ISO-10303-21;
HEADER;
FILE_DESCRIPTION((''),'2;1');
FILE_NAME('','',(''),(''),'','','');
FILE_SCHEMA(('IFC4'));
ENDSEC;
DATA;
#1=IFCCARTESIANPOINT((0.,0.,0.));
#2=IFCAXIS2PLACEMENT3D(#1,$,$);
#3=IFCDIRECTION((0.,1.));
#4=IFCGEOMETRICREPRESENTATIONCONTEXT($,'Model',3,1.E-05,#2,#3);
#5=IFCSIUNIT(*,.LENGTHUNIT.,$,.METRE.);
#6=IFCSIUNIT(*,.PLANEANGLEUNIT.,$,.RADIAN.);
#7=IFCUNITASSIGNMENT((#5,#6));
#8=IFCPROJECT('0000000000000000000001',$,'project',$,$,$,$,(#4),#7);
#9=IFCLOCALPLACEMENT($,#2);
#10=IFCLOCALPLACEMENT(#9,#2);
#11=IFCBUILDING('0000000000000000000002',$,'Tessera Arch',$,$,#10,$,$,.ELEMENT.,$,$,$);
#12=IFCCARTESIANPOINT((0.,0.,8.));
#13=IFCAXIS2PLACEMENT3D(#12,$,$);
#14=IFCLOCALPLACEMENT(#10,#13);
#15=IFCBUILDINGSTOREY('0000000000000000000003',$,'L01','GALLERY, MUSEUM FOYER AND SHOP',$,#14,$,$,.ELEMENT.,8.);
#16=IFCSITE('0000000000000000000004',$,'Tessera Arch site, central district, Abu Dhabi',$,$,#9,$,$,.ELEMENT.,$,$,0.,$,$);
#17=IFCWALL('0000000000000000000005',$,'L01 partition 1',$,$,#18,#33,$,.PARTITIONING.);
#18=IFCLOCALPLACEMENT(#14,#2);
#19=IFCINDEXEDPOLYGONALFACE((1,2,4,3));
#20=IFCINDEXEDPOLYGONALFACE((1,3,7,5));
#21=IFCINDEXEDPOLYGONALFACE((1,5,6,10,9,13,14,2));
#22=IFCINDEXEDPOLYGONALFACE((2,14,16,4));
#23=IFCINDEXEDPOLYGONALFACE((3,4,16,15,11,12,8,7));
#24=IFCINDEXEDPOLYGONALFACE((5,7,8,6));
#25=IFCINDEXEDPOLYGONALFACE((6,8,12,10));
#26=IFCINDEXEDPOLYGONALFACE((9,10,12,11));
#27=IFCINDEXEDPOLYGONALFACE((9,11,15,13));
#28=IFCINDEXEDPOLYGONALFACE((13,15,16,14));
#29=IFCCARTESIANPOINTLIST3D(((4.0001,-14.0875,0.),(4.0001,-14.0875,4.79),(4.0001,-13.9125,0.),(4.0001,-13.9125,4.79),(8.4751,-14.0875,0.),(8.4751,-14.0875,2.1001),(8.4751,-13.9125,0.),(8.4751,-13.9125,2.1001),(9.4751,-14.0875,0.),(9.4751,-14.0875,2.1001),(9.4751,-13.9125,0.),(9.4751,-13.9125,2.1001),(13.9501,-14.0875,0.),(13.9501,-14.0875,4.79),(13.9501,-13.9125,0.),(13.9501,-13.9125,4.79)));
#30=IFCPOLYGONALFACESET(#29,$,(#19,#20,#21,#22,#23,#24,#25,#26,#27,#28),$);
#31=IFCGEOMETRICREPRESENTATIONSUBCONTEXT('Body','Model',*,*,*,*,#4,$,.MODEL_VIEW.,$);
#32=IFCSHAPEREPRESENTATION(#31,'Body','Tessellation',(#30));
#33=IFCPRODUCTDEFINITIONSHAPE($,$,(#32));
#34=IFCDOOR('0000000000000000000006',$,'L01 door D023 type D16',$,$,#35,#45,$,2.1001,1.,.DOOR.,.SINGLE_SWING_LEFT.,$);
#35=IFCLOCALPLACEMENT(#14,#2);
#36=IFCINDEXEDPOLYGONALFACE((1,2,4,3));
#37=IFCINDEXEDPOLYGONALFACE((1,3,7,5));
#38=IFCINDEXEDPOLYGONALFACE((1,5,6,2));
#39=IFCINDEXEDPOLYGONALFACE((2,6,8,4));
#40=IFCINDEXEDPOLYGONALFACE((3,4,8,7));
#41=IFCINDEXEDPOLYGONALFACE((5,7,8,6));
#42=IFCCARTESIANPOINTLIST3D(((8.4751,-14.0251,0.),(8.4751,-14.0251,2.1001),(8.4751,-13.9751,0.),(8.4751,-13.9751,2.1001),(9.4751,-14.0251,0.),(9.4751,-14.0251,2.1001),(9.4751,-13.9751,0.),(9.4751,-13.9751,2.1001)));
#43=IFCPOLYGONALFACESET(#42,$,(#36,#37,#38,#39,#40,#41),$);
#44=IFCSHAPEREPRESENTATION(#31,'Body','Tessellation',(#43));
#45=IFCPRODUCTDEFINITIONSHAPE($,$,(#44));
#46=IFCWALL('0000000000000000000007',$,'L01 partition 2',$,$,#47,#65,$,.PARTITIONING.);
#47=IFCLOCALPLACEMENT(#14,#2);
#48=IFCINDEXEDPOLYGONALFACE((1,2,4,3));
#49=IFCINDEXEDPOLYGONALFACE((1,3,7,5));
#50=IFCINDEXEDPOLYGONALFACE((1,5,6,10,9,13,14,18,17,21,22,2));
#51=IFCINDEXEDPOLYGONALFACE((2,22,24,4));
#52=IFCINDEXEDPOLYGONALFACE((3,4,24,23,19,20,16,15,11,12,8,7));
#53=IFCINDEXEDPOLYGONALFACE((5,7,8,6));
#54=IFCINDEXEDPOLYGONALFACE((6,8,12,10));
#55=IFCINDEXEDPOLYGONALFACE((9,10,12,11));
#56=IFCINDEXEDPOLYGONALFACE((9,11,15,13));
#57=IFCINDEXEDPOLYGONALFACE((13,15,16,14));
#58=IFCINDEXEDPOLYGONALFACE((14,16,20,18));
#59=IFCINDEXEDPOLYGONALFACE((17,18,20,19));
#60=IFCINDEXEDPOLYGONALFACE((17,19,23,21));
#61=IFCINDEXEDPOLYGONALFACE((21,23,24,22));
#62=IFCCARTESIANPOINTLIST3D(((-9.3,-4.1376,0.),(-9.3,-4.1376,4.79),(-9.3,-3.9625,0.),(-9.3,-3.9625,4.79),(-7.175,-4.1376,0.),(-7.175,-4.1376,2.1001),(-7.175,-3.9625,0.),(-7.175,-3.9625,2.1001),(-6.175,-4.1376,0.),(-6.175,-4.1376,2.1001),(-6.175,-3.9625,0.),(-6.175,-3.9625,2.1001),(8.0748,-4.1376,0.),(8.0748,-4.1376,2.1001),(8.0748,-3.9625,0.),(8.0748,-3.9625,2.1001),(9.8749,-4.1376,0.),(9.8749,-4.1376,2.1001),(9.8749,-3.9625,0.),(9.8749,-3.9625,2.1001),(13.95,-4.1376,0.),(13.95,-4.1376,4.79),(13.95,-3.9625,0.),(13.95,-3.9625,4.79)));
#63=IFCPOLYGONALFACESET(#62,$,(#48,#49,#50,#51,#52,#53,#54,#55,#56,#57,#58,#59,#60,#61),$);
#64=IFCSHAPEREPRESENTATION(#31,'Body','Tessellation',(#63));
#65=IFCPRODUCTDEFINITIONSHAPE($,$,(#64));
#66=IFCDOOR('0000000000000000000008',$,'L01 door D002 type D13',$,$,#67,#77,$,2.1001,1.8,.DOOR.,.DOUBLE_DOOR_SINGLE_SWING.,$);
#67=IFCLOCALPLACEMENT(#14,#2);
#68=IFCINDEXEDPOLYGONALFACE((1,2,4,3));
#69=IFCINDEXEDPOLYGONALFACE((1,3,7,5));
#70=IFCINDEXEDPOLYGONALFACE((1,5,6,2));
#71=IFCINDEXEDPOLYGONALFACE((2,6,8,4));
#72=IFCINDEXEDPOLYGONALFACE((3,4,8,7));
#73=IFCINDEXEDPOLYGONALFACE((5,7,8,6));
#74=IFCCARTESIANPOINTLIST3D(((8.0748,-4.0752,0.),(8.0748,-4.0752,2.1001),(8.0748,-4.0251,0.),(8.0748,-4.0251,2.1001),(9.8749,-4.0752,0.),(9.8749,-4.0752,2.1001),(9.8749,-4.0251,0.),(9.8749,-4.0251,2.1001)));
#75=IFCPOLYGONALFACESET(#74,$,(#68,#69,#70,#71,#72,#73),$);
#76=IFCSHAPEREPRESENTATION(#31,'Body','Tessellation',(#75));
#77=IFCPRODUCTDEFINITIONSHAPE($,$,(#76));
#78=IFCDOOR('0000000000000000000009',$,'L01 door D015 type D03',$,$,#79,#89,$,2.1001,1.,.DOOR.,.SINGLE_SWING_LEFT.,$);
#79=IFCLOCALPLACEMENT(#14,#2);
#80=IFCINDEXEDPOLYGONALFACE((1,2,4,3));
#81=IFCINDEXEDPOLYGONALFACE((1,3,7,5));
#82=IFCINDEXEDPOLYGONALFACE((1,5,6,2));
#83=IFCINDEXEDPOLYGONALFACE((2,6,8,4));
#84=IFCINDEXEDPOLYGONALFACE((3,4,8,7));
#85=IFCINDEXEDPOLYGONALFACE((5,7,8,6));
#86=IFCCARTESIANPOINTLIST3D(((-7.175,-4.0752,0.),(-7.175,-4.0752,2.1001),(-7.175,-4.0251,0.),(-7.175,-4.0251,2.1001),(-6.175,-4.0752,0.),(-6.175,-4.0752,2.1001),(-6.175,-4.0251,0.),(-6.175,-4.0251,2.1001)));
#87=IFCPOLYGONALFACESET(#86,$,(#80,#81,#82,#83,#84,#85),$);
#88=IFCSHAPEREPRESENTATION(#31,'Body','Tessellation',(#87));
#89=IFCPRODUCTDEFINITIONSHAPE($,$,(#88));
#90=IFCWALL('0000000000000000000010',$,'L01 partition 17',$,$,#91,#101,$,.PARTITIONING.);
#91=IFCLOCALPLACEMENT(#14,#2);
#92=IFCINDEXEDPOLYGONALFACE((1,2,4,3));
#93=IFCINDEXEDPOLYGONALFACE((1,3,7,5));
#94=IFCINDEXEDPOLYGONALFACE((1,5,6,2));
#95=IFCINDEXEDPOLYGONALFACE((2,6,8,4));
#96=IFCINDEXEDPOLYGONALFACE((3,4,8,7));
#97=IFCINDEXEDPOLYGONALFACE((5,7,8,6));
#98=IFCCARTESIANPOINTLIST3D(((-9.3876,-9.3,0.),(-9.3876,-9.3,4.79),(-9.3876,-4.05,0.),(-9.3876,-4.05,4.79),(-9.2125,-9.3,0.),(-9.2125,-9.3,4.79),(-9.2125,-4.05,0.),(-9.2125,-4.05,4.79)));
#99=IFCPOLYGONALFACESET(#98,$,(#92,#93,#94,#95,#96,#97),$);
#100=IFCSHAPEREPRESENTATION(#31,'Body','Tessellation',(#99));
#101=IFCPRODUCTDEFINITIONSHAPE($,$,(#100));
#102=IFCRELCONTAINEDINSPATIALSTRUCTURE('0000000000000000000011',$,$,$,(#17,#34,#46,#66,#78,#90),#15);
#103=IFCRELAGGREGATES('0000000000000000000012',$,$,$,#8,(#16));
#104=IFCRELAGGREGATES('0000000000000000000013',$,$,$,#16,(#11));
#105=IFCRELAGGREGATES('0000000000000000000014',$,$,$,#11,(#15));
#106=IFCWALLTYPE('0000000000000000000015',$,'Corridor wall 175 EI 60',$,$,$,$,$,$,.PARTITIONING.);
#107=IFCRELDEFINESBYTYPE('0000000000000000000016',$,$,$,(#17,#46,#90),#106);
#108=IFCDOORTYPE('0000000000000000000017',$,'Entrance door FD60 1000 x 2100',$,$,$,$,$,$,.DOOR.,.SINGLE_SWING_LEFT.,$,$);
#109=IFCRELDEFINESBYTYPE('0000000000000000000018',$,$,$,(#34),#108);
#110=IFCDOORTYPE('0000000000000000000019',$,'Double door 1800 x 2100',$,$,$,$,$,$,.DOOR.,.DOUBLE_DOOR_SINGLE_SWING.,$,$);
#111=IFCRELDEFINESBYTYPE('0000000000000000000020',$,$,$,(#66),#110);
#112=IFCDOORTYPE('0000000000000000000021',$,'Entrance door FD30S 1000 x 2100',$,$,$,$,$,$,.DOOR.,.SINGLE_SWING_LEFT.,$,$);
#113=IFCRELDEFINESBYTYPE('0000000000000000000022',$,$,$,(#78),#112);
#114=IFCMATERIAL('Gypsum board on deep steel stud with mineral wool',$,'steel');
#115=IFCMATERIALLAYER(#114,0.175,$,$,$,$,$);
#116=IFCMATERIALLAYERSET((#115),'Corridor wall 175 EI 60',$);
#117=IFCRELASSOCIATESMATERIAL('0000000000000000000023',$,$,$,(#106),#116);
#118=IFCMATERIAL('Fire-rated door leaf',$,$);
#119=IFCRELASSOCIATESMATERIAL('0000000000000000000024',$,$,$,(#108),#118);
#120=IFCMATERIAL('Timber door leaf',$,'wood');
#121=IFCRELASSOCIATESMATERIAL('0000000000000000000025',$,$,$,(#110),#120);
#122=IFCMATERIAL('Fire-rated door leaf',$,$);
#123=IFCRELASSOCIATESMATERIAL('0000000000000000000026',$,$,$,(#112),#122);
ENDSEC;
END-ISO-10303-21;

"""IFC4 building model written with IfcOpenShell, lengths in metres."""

from ifc_helpers import new_model, si_unit, direction, frame, frame_2d, origin, place, context, subcontext, project, spatial, rectangle, extrude, material, layer, layer_set, type_object, element, fill, save


model = new_model("IFC4")

# Units and contexts
model_context = context("Model", 3, precision=1e-05, world=origin(), true_north=direction((0.0, 1.0)))
body_context = subcontext(model_context, "Body", "Model", "MODEL_VIEW")
ifc_project = project(units=[si_unit("LENGTHUNIT", "METRE"), si_unit("PLANEANGLEUNIT", "RADIAN")], contexts=[model_context])

# Site, building, storey
site_placement = place(None, origin())
site = spatial("IfcSite", under=ifc_project, at=site_placement, Name="Tessera Arch site, central district, Abu Dhabi", CompositionType="ELEMENT", RefElevation=0.0)
building_placement = place(site_placement, origin())
building = spatial("IfcBuilding", under=site, at=building_placement, Name="Tessera Arch", CompositionType="ELEMENT")
storey_placement = place(building_placement, frame((0.0, 0.0, 8.0)))
storey = spatial("IfcBuildingStorey", under=building, at=storey_placement, Name="L01", Description="GALLERY, MUSEUM FOYER AND SHOP", CompositionType="ELEMENT", Elevation=8.0)

# Wall, opening, door
ifc_material_1 = material(Name="Gypsum board on deep steel stud with mineral wool", Category="steel")
ifc_layer = layer(ifc_material_1, 0.175)
ifc_layer_set = layer_set([ifc_layer], Name="Corridor wall 175 EI 60")
wall_type = type_object("IfcWallType", Name="Corridor wall 175 EI 60", PredefinedType="PARTITIONING", material=ifc_layer_set)
wall_1_placement = place(storey_placement, frame((4.0, -14.0, 0.0), z_axis=(0.0, 0.0, 1.0), x_axis=(1.0, 0.0, 0.0)))
wall_1 = element("IfcWall", 1, at=wall_1_placement, inside=storey, type_object=wall_type, Name="L01 partition 1", PredefinedType="PARTITIONING", context=body_context, shape_type="SweptSolid", body=[
    extrude(rectangle(XDim=9.95, YDim=0.175, at=frame_2d((4.9751, 0.0))), origin(), (0.0, 0.0, 1.0), 4.79),
])
opening_1_placement = place(wall_1_placement, frame((4.4751, 0.0, 0.0)))
opening_1 = element("IfcOpeningElement", 2, at=opening_1_placement, cuts=wall_1, PredefinedType="OPENING", context=body_context, shape_type="SweptSolid", body=[
    extrude(rectangle(XDim=1.0, YDim=2.1001, at=frame_2d((0.5, 1.05))), frame((0.0, 0.0974, 0.0), z_axis=(0.0, -1.0, 0.0), x_axis=(1.0, 0.0, 0.0)), (0.0, 0.0, 1.0), 0.1951),
])
ifc_material_2 = material(Name="Fire-rated door leaf")
door_type_1 = type_object("IfcDoorType", Name="Entrance door FD60 1000 x 2100", OperationType="SINGLE_SWING_LEFT", PredefinedType="DOOR", material=ifc_material_2)
door_1_placement = place(opening_1_placement, origin())
door_1 = element("IfcDoor", 3, at=door_1_placement, inside=storey, type_object=door_type_1, Name="L01 door D023 type D16", OperationType="SINGLE_SWING_LEFT", OverallHeight=2.1001, OverallWidth=1.0, PredefinedType="DOOR", context=body_context, shape_type="SweptSolid", body=[
    extrude(rectangle(XDim=1.0, YDim=2.1001, at=frame_2d((0.5, 1.05))), frame((0.0, 0.0249, 0.0), z_axis=(0.0, -1.0, 0.0), x_axis=(1.0, 0.0, 0.0)), (0.0, 0.0, 1.0), 0.05),
])
fill(opening_1, door_1)

# Wall, openings, doors
wall_2_placement = place(storey_placement, frame((-9.3, -4.05, 0.0), z_axis=(0.0, 0.0, 1.0), x_axis=(1.0, 0.0, 0.0)))
wall_2 = element("IfcWall", 4, at=wall_2_placement, inside=storey, type_object=wall_type, Name="L01 partition 2", PredefinedType="PARTITIONING", context=body_context, shape_type="SweptSolid", body=[
    extrude(rectangle(XDim=23.25, YDim=0.175, at=frame_2d((11.625, 0.0))), origin(), (0.0, 0.0, 1.0), 4.79),
])
opening_2_placement = place(wall_2_placement, frame((17.375, 0.0, 0.0)))
opening_2 = element("IfcOpeningElement", 5, at=opening_2_placement, cuts=wall_2, PredefinedType="OPENING", context=body_context, shape_type="SweptSolid", body=[
    extrude(rectangle(XDim=1.8, YDim=2.1001, at=frame_2d((0.8999, 1.05))), frame((0.0, 0.0974, 0.0), z_axis=(0.0, -1.0, 0.0), x_axis=(1.0, 0.0, 0.0)), (0.0, 0.0, 1.0), 0.1951),
])
opening_3_placement = place(wall_2_placement, frame((2.125, 0.0, 0.0)))
opening_3 = element("IfcOpeningElement", 6, at=opening_3_placement, cuts=wall_2, PredefinedType="OPENING", context=body_context, shape_type="SweptSolid", body=[
    extrude(rectangle(XDim=1.0, YDim=2.1001, at=frame_2d((0.5, 1.05))), frame((0.0, 0.0974, 0.0), z_axis=(0.0, -1.0, 0.0), x_axis=(1.0, 0.0, 0.0)), (0.0, 0.0, 1.0), 0.1951),
])
ifc_material_3 = material(Name="Timber door leaf", Category="wood")
door_type_2 = type_object("IfcDoorType", Name="Double door 1800 x 2100", OperationType="DOUBLE_DOOR_SINGLE_SWING", PredefinedType="DOOR", material=ifc_material_3)
door_2_placement = place(opening_2_placement, origin())
door_2 = element("IfcDoor", 7, at=door_2_placement, inside=storey, type_object=door_type_2, Name="L01 door D002 type D13", OperationType="DOUBLE_DOOR_SINGLE_SWING", OverallHeight=2.1001, OverallWidth=1.8, PredefinedType="DOOR", context=body_context, shape_type="SweptSolid", body=[
    extrude(rectangle(XDim=1.8, YDim=2.1001, at=frame_2d((0.8999, 1.05))), frame((0.0, 0.0249, 0.0), z_axis=(0.0, -1.0, 0.0), x_axis=(1.0, 0.0, 0.0)), (0.0, 0.0, 1.0), 0.05),
])
fill(opening_2, door_2)
ifc_material_4 = material(Name="Fire-rated door leaf")
door_type_3 = type_object("IfcDoorType", Name="Entrance door FD30S 1000 x 2100", OperationType="SINGLE_SWING_LEFT", PredefinedType="DOOR", material=ifc_material_4)
door_3_placement = place(opening_3_placement, origin())
door_3 = element("IfcDoor", 8, at=door_3_placement, inside=storey, type_object=door_type_3, Name="L01 door D015 type D03", OperationType="SINGLE_SWING_LEFT", OverallHeight=2.1001, OverallWidth=1.0, PredefinedType="DOOR", context=body_context, shape_type="SweptSolid", body=[
    extrude(rectangle(XDim=1.0, YDim=2.1001, at=frame_2d((0.5, 1.05))), frame((0.0, 0.0249, 0.0), z_axis=(0.0, -1.0, 0.0), x_axis=(1.0, 0.0, 0.0)), (0.0, 0.0, 1.0), 0.05),
])
fill(opening_3, door_3)

# Wall
wall_3_placement = place(storey_placement, frame((-9.3, -9.3, 0.0), z_axis=(0.0, 0.0, 1.0), x_axis=(0.0, 1.0, 0.0)))
element("IfcWall", 9, at=wall_3_placement, inside=storey, type_object=wall_type, Name="L01 partition 17", PredefinedType="PARTITIONING", context=body_context, shape_type="SweptSolid", body=[
    extrude(rectangle(XDim=5.25, YDim=0.175, at=frame_2d((2.625, 0.0))), origin(), (0.0, 0.0, 1.0), 4.79),
])

save(model, "model.ifc")
